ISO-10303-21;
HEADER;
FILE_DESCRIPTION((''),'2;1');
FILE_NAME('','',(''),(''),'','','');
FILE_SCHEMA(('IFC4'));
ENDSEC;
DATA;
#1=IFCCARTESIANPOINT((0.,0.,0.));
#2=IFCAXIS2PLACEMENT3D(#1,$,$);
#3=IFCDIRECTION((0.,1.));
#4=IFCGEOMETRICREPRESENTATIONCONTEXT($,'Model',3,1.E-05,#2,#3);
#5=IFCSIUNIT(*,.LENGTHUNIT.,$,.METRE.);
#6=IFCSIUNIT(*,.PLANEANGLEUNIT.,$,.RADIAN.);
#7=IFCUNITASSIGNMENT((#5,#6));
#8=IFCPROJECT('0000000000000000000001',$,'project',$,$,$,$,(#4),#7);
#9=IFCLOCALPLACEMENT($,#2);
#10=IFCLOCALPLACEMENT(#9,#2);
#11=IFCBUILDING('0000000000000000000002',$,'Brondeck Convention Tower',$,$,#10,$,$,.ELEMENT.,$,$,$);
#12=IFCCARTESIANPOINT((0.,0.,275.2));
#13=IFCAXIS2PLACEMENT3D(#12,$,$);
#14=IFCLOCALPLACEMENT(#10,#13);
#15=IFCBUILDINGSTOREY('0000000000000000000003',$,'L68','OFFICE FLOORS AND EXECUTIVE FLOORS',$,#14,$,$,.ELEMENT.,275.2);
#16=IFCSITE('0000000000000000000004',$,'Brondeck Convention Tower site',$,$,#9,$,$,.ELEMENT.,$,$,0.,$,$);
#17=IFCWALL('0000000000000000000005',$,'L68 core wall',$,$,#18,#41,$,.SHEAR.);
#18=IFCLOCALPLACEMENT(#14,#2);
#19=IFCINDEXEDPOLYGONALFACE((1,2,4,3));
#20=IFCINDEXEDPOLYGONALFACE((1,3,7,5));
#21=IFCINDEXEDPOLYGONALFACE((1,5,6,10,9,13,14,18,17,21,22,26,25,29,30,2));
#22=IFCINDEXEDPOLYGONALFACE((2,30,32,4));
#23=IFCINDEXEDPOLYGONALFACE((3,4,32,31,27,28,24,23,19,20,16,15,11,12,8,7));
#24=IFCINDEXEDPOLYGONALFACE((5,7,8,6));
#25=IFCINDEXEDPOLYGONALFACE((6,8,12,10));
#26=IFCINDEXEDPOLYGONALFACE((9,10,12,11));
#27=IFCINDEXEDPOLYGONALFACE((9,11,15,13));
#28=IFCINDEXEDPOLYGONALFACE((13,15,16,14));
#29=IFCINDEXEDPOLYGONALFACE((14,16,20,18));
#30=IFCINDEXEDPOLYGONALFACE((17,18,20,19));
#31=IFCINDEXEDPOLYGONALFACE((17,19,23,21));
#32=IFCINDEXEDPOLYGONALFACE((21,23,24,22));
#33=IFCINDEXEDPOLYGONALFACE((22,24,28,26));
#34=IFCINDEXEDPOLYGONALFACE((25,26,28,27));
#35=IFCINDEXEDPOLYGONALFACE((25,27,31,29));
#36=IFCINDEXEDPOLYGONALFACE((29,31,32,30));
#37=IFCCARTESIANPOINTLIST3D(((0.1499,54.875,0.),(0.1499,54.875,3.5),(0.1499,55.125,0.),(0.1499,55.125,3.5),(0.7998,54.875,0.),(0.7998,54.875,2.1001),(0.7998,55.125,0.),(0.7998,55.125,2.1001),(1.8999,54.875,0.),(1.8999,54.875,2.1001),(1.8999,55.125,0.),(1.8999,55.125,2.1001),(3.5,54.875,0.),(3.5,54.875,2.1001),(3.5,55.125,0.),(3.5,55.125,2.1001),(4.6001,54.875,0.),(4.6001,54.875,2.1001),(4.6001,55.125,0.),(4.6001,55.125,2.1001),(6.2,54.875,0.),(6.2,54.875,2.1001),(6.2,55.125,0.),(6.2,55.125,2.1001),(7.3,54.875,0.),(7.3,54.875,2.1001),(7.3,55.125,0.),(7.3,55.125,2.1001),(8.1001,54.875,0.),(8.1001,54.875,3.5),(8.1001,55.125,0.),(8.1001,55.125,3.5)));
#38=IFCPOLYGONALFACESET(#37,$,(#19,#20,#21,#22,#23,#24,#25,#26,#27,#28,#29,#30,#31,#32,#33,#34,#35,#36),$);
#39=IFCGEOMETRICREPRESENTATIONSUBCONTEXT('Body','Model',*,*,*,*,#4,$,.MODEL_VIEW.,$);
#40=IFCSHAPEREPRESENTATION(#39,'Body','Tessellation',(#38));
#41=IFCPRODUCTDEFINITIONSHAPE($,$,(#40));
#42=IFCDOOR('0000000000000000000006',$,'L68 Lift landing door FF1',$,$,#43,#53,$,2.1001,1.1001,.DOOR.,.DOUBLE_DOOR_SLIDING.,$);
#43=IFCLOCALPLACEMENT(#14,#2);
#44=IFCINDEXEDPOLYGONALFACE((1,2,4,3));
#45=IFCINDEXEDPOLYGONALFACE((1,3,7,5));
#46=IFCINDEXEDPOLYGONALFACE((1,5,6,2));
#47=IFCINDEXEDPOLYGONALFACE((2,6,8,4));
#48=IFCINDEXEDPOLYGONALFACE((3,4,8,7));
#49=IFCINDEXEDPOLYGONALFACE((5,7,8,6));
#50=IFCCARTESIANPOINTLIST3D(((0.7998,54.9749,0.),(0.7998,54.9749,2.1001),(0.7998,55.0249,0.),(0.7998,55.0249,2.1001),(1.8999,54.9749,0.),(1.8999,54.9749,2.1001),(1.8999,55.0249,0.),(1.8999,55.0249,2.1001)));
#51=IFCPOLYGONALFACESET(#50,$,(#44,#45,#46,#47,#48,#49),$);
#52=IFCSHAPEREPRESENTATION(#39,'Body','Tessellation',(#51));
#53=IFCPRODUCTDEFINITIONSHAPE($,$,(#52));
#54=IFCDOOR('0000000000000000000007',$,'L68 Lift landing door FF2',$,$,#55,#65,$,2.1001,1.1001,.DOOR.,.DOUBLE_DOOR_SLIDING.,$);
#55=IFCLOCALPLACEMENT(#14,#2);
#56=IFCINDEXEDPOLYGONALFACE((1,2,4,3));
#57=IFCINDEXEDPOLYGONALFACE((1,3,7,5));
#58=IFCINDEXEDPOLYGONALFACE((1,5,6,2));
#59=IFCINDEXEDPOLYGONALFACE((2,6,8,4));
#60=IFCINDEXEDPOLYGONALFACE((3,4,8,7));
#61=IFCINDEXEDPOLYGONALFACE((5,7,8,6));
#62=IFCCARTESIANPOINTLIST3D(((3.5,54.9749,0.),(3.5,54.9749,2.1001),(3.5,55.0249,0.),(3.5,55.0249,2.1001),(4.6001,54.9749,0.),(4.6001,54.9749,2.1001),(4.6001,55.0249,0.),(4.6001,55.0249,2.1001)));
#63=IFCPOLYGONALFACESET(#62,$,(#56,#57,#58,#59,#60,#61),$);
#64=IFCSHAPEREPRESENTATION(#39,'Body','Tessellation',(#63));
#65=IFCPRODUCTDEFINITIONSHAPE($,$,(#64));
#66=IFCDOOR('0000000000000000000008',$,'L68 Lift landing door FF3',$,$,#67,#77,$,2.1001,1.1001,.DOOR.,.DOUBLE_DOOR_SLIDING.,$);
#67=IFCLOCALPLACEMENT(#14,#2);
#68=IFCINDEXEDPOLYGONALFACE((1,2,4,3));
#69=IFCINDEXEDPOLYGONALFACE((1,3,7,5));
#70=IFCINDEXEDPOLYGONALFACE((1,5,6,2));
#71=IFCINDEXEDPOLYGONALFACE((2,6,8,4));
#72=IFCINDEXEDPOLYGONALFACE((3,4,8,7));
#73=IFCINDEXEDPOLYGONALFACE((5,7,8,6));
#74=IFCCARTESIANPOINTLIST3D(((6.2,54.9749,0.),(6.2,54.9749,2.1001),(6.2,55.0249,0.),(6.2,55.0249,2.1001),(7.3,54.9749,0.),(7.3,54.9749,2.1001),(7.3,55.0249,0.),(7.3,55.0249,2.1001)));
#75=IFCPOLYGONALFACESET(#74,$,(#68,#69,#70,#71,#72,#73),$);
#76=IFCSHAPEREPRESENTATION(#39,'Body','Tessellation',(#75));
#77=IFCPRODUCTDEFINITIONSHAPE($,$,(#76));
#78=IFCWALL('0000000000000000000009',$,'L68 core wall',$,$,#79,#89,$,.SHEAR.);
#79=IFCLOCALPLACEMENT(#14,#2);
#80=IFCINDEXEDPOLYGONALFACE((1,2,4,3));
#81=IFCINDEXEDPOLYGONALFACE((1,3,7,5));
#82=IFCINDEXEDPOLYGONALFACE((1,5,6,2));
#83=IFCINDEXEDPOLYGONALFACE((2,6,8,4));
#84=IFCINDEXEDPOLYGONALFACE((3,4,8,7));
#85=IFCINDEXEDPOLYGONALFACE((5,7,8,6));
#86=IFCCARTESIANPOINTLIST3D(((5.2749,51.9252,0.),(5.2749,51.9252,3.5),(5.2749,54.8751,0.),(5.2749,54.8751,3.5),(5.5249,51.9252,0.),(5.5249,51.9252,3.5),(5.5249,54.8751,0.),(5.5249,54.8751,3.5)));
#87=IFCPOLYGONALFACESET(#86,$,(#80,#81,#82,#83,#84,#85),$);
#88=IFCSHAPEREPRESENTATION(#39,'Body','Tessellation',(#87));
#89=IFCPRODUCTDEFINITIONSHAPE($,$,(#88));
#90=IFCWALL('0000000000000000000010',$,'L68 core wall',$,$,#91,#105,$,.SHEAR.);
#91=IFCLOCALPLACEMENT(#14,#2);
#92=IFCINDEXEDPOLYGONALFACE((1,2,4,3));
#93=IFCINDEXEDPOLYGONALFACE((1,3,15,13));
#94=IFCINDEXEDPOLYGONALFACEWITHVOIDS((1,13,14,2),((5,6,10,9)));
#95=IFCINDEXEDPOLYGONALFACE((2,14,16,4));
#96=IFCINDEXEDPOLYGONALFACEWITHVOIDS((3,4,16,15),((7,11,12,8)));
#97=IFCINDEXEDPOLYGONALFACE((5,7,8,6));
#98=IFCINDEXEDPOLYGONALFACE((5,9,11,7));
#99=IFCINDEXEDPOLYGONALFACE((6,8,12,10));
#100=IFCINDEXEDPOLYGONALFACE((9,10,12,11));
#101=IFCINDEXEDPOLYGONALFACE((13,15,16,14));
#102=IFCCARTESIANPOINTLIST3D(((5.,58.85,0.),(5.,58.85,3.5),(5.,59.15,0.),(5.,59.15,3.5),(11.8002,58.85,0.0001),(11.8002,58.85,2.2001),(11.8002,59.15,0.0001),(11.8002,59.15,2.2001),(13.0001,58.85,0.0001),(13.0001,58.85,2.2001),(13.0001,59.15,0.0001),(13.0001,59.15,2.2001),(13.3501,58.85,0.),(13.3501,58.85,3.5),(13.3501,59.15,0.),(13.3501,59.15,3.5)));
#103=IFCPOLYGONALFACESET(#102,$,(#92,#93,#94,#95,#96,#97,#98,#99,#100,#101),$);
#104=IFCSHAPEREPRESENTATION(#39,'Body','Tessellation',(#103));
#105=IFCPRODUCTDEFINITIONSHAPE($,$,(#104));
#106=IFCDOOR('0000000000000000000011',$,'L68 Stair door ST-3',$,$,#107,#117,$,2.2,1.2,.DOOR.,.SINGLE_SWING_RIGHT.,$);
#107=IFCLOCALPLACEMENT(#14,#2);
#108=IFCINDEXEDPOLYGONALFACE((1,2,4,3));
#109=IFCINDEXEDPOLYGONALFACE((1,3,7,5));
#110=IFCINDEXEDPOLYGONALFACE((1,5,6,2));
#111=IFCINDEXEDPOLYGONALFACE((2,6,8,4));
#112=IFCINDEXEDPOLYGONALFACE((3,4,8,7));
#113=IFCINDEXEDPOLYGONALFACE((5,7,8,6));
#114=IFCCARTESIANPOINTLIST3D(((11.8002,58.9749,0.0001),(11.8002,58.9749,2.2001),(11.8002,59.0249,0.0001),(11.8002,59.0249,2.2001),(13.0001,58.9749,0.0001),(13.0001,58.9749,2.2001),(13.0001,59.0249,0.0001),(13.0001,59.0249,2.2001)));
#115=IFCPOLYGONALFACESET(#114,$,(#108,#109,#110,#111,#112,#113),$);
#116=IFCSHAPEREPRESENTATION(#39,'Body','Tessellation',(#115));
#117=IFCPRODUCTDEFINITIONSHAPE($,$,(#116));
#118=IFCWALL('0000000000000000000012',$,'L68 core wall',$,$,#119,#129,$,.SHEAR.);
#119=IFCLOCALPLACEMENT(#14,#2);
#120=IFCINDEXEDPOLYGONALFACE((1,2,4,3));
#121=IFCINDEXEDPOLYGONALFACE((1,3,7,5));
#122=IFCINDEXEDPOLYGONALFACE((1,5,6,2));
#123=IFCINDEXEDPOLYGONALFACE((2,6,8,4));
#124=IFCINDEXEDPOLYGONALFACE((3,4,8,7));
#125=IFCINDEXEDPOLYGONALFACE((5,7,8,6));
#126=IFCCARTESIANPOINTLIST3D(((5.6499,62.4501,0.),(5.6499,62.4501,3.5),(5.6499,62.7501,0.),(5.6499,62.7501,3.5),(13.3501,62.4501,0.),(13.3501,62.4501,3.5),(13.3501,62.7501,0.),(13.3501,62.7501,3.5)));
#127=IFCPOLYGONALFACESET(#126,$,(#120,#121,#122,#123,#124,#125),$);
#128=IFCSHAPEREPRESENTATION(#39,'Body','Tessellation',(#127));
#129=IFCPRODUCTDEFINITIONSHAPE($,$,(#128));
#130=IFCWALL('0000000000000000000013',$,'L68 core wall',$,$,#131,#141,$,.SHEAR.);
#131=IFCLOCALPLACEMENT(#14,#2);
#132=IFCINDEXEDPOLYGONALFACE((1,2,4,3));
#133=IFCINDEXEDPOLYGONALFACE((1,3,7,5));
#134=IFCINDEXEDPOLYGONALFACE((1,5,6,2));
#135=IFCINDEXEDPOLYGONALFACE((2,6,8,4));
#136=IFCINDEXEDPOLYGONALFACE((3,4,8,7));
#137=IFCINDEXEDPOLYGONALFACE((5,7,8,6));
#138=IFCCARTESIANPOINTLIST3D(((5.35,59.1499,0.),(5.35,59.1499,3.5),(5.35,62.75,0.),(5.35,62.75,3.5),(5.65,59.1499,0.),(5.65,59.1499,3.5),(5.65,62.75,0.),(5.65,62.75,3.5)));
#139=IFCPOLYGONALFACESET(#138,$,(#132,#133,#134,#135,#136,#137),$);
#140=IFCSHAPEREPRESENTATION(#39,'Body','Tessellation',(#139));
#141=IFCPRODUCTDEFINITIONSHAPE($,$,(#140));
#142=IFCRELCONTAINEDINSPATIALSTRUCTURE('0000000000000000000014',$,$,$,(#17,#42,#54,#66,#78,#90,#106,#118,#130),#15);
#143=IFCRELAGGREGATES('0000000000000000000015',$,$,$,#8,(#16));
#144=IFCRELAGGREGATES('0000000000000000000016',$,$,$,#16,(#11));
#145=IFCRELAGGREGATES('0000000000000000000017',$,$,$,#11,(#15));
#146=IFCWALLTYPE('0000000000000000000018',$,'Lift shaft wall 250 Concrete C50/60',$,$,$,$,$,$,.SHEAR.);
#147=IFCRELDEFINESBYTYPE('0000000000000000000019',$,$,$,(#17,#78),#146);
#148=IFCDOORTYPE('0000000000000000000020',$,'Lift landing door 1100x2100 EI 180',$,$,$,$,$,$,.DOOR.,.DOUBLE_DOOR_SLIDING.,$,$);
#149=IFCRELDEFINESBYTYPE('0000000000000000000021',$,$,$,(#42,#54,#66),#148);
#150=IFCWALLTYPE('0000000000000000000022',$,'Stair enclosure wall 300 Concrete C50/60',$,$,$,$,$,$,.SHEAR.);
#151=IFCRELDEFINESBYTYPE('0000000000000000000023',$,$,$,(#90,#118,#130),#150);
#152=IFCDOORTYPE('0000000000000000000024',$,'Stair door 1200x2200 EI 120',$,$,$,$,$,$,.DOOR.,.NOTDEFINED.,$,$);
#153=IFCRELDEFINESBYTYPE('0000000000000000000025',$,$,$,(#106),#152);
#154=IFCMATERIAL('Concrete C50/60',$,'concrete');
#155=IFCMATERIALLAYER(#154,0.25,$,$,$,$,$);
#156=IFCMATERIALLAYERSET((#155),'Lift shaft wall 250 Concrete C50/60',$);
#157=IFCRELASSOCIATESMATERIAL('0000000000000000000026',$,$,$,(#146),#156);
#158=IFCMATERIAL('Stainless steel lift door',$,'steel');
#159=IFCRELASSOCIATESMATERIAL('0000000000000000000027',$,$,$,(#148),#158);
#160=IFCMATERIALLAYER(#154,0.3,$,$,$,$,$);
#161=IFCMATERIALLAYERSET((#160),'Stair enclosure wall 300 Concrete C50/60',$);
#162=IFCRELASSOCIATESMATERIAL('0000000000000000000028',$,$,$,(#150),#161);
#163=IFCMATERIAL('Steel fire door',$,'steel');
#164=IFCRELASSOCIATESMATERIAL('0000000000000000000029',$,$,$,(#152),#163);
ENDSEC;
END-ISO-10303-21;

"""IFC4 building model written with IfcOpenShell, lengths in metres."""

from ifc_helpers import new_model, si_unit, direction, frame, frame_2d, origin, place, context, subcontext, project, spatial, rectangle, extrude, material, layer, layer_set, type_object, element, fill, save


model = new_model("IFC4")

# Units and contexts
model_context = context("Model", 3, precision=1e-05, world=origin(), true_north=direction((0.0, 1.0)))
body_context = subcontext(model_context, "Body", "Model", "MODEL_VIEW")
ifc_project = project(units=[si_unit("LENGTHUNIT", "METRE"), si_unit("PLANEANGLEUNIT", "RADIAN")], contexts=[model_context])

# Site, building, storey
site_placement = place(None, origin())
site = spatial("IfcSite", under=ifc_project, at=site_placement, Name="Brondeck Convention Tower site", CompositionType="ELEMENT", RefElevation=0.0)
building_placement = place(site_placement, origin())
building = spatial("IfcBuilding", under=site, at=building_placement, Name="Brondeck Convention Tower", CompositionType="ELEMENT")
storey_placement = place(building_placement, frame((0.0, 0.0, 275.2)))
storey = spatial("IfcBuildingStorey", under=building, at=storey_placement, Name="L68", Description="OFFICE FLOORS AND EXECUTIVE FLOORS", CompositionType="ELEMENT", Elevation=275.2)

# Shared definitions
ifc_material_1 = material(Name="Concrete C50/60", Category="concrete")

# Wall, openings, doors
ifc_layer_1 = layer(ifc_material_1, 0.25)
ifc_layer_set_1 = layer_set([ifc_layer_1], Name="Lift shaft wall 250 Concrete C50/60")
wall_type_1 = type_object("IfcWallType", Name="Lift shaft wall 250 Concrete C50/60", PredefinedType="SHEAR", material=ifc_layer_set_1)
wall_1_placement = place(storey_placement, frame((0.1499, 55.0, 0.0), z_axis=(0.0, 0.0, 1.0), x_axis=(1.0, 0.0, 0.0)))
wall_1 = element("IfcWall", 1, at=wall_1_placement, inside=storey, type_object=wall_type_1, Name="L68 core wall", PredefinedType="SHEAR", context=body_context, shape_type="SweptSolid", body=[
    extrude(rectangle(XDim=7.9502, YDim=0.25, at=frame_2d((3.9751, 0.0))), origin(), (0.0, 0.0, 1.0), 3.5),
])
opening_1_placement = place(wall_1_placement, frame((0.6499, 0.0, 0.0)))
opening_1 = element("IfcOpeningElement", 2, at=opening_1_placement, cuts=wall_1, PredefinedType="OPENING", context=body_context, shape_type="SweptSolid", body=[
    extrude(rectangle(XDim=1.1001, YDim=2.1001, at=frame_2d((0.55, 1.05))), frame((0.0, 0.135, 0.0), z_axis=(0.0, -1.0, 0.0), x_axis=(1.0, 0.0, 0.0)), (0.0, 0.0, 1.0), 0.27),
])
opening_2_placement = place(wall_1_placement, frame((3.3501, 0.0, 0.0)))
opening_2 = element("IfcOpeningElement", 3, at=opening_2_placement, cuts=wall_1, PredefinedType="OPENING", context=body_context, shape_type="SweptSolid", body=[
    extrude(rectangle(XDim=1.1001, YDim=2.1001, at=frame_2d((0.55, 1.05))), frame((0.0, 0.135, 0.0), z_axis=(0.0, -1.0, 0.0), x_axis=(1.0, 0.0, 0.0)), (0.0, 0.0, 1.0), 0.27),
])
opening_3_placement = place(wall_1_placement, frame((6.05, 0.0, 0.0)))
opening_3 = element("IfcOpeningElement", 4, at=opening_3_placement, cuts=wall_1, PredefinedType="OPENING", context=body_context, shape_type="SweptSolid", body=[
    extrude(rectangle(XDim=1.1001, YDim=2.1001, at=frame_2d((0.55, 1.05))), frame((0.0, 0.135, 0.0), z_axis=(0.0, -1.0, 0.0), x_axis=(1.0, 0.0, 0.0)), (0.0, 0.0, 1.0), 0.27),
])
ifc_material_2 = material(Name="Stainless steel lift door", Category="steel")
door_type_1 = type_object("IfcDoorType", Name="Lift landing door 1100x2100 EI 180", OperationType="DOUBLE_DOOR_SLIDING", PredefinedType="DOOR", material=ifc_material_2)
door_1_placement = place(opening_1_placement, origin())
door_1 = element("IfcDoor", 5, at=door_1_placement, inside=storey, type_object=door_type_1, Name="L68 Lift landing door FF1", OperationType="DOUBLE_DOOR_SLIDING", OverallHeight=2.1001, OverallWidth=1.1001, PredefinedType="DOOR", context=body_context, shape_type="SweptSolid", body=[
    extrude(rectangle(XDim=1.1001, YDim=2.1001, at=frame_2d((0.55, 1.05))), frame((0.0, 0.0249, 0.0), z_axis=(0.0, -1.0, 0.0), x_axis=(1.0, 0.0, 0.0)), (0.0, 0.0, 1.0), 0.05),
])
fill(opening_1, door_1)
door_2_placement = place(opening_2_placement, origin())
door_2 = element("IfcDoor", 6, at=door_2_placement, inside=storey, type_object=door_type_1, Name="L68 Lift landing door FF2", OperationType="DOUBLE_DOOR_SLIDING", OverallHeight=2.1001, OverallWidth=1.1001, PredefinedType="DOOR", context=body_context, shape_type="SweptSolid", body=[
    extrude(rectangle(XDim=1.1001, YDim=2.1001, at=frame_2d((0.55, 1.05))), frame((0.0, 0.0249, 0.0), z_axis=(0.0, -1.0, 0.0), x_axis=(1.0, 0.0, 0.0)), (0.0, 0.0, 1.0), 0.05),
])
fill(opening_2, door_2)
door_3_placement = place(opening_3_placement, origin())
door_3 = element("IfcDoor", 7, at=door_3_placement, inside=storey, type_object=door_type_1, Name="L68 Lift landing door FF3", OperationType="DOUBLE_DOOR_SLIDING", OverallHeight=2.1001, OverallWidth=1.1001, PredefinedType="DOOR", context=body_context, shape_type="SweptSolid", body=[
    extrude(rectangle(XDim=1.1001, YDim=2.1001, at=frame_2d((0.55, 1.05))), frame((0.0, 0.0249, 0.0), z_axis=(0.0, -1.0, 0.0), x_axis=(1.0, 0.0, 0.0)), (0.0, 0.0, 1.0), 0.05),
])
fill(opening_3, door_3)

# Wall
wall_2_placement = place(storey_placement, frame((5.3999, 51.925, 0.0), z_axis=(0.0, 0.0, 1.0), x_axis=(0.0, 1.0, 0.0)))
element("IfcWall", 8, at=wall_2_placement, inside=storey, type_object=wall_type_1, Name="L68 core wall", PredefinedType="SHEAR", context=body_context, shape_type="SweptSolid", body=[
    extrude(rectangle(XDim=2.95, YDim=0.25, at=frame_2d((1.4751, 0.0))), origin(), (0.0, 0.0, 1.0), 3.5),
])

# Wall, opening, door
ifc_layer_2 = layer(ifc_material_1, 0.3)
ifc_layer_set_2 = layer_set([ifc_layer_2], Name="Stair enclosure wall 300 Concrete C50/60")
wall_type_2 = type_object("IfcWallType", Name="Stair enclosure wall 300 Concrete C50/60", PredefinedType="SHEAR", material=ifc_layer_set_2)
wall_3_placement = place(storey_placement, frame((5.0, 59.0, 0.0), z_axis=(0.0, 0.0, 1.0), x_axis=(1.0, 0.0, 0.0)))
wall_3 = element("IfcWall", 9, at=wall_3_placement, inside=storey, type_object=wall_type_2, Name="L68 core wall", PredefinedType="SHEAR", context=body_context, shape_type="SweptSolid", body=[
    extrude(rectangle(XDim=8.3501, YDim=0.3, at=frame_2d((4.175, 0.0))), origin(), (0.0, 0.0, 1.0), 3.5),
])
opening_4_placement = place(wall_3_placement, frame((6.8, 0.0, 0.0)))
opening_4 = element("IfcOpeningElement", 10, at=opening_4_placement, cuts=wall_3, PredefinedType="OPENING", context=body_context, shape_type="SweptSolid", body=[
    extrude(rectangle(XDim=1.2, YDim=2.2, at=frame_2d((0.6001, 1.1001))), frame((0.0, 0.1599, 0.0), z_axis=(0.0, -1.0, 0.0), x_axis=(1.0, 0.0, 0.0)), (0.0, 0.0, 1.0), 0.3201),
])
ifc_material_3 = material(Name="Steel fire door", Category="steel")
door_type_2 = type_object("IfcDoorType", Name="Stair door 1200x2200 EI 120", OperationType="NOTDEFINED", PredefinedType="DOOR", material=ifc_material_3)
door_4_placement = place(opening_4_placement, origin())
door_4 = element("IfcDoor", 11, at=door_4_placement, inside=storey, type_object=door_type_2, Name="L68 Stair door ST-3", OperationType="SINGLE_SWING_RIGHT", OverallHeight=2.2, OverallWidth=1.2, PredefinedType="DOOR", context=body_context, shape_type="SweptSolid", body=[
    extrude(rectangle(XDim=1.2, YDim=2.2, at=frame_2d((0.6001, 1.1001))), frame((0.0, 0.0249, 0.0), z_axis=(0.0, -1.0, 0.0), x_axis=(1.0, 0.0, 0.0)), (0.0, 0.0, 1.0), 0.05),
])
fill(opening_4, door_4)

# Walls
wall_4_placement = place(storey_placement, frame((5.6499, 62.6001, 0.0), z_axis=(0.0, 0.0, 1.0), x_axis=(1.0, 0.0, 0.0)))
element("IfcWall", 12, at=wall_4_placement, inside=storey, type_object=wall_type_2, Name="L68 core wall", PredefinedType="SHEAR", context=body_context, shape_type="SweptSolid", body=[
    extrude(rectangle(XDim=7.7002, YDim=0.3, at=frame_2d((3.8501, 0.0))), origin(), (0.0, 0.0, 1.0), 3.5),
])
wall_5_placement = place(storey_placement, frame((5.5, 59.1499, 0.0), z_axis=(0.0, 0.0, 1.0), x_axis=(0.0, 1.0, 0.0)))
element("IfcWall", 13, at=wall_5_placement, inside=storey, type_object=wall_type_2, Name="L68 core wall", PredefinedType="SHEAR", context=body_context, shape_type="SweptSolid", body=[
    extrude(rectangle(XDim=3.6001, YDim=0.3, at=frame_2d((1.8, 0.0))), origin(), (0.0, 0.0, 1.0), 3.5),
])

save(model, "model.ifc")
